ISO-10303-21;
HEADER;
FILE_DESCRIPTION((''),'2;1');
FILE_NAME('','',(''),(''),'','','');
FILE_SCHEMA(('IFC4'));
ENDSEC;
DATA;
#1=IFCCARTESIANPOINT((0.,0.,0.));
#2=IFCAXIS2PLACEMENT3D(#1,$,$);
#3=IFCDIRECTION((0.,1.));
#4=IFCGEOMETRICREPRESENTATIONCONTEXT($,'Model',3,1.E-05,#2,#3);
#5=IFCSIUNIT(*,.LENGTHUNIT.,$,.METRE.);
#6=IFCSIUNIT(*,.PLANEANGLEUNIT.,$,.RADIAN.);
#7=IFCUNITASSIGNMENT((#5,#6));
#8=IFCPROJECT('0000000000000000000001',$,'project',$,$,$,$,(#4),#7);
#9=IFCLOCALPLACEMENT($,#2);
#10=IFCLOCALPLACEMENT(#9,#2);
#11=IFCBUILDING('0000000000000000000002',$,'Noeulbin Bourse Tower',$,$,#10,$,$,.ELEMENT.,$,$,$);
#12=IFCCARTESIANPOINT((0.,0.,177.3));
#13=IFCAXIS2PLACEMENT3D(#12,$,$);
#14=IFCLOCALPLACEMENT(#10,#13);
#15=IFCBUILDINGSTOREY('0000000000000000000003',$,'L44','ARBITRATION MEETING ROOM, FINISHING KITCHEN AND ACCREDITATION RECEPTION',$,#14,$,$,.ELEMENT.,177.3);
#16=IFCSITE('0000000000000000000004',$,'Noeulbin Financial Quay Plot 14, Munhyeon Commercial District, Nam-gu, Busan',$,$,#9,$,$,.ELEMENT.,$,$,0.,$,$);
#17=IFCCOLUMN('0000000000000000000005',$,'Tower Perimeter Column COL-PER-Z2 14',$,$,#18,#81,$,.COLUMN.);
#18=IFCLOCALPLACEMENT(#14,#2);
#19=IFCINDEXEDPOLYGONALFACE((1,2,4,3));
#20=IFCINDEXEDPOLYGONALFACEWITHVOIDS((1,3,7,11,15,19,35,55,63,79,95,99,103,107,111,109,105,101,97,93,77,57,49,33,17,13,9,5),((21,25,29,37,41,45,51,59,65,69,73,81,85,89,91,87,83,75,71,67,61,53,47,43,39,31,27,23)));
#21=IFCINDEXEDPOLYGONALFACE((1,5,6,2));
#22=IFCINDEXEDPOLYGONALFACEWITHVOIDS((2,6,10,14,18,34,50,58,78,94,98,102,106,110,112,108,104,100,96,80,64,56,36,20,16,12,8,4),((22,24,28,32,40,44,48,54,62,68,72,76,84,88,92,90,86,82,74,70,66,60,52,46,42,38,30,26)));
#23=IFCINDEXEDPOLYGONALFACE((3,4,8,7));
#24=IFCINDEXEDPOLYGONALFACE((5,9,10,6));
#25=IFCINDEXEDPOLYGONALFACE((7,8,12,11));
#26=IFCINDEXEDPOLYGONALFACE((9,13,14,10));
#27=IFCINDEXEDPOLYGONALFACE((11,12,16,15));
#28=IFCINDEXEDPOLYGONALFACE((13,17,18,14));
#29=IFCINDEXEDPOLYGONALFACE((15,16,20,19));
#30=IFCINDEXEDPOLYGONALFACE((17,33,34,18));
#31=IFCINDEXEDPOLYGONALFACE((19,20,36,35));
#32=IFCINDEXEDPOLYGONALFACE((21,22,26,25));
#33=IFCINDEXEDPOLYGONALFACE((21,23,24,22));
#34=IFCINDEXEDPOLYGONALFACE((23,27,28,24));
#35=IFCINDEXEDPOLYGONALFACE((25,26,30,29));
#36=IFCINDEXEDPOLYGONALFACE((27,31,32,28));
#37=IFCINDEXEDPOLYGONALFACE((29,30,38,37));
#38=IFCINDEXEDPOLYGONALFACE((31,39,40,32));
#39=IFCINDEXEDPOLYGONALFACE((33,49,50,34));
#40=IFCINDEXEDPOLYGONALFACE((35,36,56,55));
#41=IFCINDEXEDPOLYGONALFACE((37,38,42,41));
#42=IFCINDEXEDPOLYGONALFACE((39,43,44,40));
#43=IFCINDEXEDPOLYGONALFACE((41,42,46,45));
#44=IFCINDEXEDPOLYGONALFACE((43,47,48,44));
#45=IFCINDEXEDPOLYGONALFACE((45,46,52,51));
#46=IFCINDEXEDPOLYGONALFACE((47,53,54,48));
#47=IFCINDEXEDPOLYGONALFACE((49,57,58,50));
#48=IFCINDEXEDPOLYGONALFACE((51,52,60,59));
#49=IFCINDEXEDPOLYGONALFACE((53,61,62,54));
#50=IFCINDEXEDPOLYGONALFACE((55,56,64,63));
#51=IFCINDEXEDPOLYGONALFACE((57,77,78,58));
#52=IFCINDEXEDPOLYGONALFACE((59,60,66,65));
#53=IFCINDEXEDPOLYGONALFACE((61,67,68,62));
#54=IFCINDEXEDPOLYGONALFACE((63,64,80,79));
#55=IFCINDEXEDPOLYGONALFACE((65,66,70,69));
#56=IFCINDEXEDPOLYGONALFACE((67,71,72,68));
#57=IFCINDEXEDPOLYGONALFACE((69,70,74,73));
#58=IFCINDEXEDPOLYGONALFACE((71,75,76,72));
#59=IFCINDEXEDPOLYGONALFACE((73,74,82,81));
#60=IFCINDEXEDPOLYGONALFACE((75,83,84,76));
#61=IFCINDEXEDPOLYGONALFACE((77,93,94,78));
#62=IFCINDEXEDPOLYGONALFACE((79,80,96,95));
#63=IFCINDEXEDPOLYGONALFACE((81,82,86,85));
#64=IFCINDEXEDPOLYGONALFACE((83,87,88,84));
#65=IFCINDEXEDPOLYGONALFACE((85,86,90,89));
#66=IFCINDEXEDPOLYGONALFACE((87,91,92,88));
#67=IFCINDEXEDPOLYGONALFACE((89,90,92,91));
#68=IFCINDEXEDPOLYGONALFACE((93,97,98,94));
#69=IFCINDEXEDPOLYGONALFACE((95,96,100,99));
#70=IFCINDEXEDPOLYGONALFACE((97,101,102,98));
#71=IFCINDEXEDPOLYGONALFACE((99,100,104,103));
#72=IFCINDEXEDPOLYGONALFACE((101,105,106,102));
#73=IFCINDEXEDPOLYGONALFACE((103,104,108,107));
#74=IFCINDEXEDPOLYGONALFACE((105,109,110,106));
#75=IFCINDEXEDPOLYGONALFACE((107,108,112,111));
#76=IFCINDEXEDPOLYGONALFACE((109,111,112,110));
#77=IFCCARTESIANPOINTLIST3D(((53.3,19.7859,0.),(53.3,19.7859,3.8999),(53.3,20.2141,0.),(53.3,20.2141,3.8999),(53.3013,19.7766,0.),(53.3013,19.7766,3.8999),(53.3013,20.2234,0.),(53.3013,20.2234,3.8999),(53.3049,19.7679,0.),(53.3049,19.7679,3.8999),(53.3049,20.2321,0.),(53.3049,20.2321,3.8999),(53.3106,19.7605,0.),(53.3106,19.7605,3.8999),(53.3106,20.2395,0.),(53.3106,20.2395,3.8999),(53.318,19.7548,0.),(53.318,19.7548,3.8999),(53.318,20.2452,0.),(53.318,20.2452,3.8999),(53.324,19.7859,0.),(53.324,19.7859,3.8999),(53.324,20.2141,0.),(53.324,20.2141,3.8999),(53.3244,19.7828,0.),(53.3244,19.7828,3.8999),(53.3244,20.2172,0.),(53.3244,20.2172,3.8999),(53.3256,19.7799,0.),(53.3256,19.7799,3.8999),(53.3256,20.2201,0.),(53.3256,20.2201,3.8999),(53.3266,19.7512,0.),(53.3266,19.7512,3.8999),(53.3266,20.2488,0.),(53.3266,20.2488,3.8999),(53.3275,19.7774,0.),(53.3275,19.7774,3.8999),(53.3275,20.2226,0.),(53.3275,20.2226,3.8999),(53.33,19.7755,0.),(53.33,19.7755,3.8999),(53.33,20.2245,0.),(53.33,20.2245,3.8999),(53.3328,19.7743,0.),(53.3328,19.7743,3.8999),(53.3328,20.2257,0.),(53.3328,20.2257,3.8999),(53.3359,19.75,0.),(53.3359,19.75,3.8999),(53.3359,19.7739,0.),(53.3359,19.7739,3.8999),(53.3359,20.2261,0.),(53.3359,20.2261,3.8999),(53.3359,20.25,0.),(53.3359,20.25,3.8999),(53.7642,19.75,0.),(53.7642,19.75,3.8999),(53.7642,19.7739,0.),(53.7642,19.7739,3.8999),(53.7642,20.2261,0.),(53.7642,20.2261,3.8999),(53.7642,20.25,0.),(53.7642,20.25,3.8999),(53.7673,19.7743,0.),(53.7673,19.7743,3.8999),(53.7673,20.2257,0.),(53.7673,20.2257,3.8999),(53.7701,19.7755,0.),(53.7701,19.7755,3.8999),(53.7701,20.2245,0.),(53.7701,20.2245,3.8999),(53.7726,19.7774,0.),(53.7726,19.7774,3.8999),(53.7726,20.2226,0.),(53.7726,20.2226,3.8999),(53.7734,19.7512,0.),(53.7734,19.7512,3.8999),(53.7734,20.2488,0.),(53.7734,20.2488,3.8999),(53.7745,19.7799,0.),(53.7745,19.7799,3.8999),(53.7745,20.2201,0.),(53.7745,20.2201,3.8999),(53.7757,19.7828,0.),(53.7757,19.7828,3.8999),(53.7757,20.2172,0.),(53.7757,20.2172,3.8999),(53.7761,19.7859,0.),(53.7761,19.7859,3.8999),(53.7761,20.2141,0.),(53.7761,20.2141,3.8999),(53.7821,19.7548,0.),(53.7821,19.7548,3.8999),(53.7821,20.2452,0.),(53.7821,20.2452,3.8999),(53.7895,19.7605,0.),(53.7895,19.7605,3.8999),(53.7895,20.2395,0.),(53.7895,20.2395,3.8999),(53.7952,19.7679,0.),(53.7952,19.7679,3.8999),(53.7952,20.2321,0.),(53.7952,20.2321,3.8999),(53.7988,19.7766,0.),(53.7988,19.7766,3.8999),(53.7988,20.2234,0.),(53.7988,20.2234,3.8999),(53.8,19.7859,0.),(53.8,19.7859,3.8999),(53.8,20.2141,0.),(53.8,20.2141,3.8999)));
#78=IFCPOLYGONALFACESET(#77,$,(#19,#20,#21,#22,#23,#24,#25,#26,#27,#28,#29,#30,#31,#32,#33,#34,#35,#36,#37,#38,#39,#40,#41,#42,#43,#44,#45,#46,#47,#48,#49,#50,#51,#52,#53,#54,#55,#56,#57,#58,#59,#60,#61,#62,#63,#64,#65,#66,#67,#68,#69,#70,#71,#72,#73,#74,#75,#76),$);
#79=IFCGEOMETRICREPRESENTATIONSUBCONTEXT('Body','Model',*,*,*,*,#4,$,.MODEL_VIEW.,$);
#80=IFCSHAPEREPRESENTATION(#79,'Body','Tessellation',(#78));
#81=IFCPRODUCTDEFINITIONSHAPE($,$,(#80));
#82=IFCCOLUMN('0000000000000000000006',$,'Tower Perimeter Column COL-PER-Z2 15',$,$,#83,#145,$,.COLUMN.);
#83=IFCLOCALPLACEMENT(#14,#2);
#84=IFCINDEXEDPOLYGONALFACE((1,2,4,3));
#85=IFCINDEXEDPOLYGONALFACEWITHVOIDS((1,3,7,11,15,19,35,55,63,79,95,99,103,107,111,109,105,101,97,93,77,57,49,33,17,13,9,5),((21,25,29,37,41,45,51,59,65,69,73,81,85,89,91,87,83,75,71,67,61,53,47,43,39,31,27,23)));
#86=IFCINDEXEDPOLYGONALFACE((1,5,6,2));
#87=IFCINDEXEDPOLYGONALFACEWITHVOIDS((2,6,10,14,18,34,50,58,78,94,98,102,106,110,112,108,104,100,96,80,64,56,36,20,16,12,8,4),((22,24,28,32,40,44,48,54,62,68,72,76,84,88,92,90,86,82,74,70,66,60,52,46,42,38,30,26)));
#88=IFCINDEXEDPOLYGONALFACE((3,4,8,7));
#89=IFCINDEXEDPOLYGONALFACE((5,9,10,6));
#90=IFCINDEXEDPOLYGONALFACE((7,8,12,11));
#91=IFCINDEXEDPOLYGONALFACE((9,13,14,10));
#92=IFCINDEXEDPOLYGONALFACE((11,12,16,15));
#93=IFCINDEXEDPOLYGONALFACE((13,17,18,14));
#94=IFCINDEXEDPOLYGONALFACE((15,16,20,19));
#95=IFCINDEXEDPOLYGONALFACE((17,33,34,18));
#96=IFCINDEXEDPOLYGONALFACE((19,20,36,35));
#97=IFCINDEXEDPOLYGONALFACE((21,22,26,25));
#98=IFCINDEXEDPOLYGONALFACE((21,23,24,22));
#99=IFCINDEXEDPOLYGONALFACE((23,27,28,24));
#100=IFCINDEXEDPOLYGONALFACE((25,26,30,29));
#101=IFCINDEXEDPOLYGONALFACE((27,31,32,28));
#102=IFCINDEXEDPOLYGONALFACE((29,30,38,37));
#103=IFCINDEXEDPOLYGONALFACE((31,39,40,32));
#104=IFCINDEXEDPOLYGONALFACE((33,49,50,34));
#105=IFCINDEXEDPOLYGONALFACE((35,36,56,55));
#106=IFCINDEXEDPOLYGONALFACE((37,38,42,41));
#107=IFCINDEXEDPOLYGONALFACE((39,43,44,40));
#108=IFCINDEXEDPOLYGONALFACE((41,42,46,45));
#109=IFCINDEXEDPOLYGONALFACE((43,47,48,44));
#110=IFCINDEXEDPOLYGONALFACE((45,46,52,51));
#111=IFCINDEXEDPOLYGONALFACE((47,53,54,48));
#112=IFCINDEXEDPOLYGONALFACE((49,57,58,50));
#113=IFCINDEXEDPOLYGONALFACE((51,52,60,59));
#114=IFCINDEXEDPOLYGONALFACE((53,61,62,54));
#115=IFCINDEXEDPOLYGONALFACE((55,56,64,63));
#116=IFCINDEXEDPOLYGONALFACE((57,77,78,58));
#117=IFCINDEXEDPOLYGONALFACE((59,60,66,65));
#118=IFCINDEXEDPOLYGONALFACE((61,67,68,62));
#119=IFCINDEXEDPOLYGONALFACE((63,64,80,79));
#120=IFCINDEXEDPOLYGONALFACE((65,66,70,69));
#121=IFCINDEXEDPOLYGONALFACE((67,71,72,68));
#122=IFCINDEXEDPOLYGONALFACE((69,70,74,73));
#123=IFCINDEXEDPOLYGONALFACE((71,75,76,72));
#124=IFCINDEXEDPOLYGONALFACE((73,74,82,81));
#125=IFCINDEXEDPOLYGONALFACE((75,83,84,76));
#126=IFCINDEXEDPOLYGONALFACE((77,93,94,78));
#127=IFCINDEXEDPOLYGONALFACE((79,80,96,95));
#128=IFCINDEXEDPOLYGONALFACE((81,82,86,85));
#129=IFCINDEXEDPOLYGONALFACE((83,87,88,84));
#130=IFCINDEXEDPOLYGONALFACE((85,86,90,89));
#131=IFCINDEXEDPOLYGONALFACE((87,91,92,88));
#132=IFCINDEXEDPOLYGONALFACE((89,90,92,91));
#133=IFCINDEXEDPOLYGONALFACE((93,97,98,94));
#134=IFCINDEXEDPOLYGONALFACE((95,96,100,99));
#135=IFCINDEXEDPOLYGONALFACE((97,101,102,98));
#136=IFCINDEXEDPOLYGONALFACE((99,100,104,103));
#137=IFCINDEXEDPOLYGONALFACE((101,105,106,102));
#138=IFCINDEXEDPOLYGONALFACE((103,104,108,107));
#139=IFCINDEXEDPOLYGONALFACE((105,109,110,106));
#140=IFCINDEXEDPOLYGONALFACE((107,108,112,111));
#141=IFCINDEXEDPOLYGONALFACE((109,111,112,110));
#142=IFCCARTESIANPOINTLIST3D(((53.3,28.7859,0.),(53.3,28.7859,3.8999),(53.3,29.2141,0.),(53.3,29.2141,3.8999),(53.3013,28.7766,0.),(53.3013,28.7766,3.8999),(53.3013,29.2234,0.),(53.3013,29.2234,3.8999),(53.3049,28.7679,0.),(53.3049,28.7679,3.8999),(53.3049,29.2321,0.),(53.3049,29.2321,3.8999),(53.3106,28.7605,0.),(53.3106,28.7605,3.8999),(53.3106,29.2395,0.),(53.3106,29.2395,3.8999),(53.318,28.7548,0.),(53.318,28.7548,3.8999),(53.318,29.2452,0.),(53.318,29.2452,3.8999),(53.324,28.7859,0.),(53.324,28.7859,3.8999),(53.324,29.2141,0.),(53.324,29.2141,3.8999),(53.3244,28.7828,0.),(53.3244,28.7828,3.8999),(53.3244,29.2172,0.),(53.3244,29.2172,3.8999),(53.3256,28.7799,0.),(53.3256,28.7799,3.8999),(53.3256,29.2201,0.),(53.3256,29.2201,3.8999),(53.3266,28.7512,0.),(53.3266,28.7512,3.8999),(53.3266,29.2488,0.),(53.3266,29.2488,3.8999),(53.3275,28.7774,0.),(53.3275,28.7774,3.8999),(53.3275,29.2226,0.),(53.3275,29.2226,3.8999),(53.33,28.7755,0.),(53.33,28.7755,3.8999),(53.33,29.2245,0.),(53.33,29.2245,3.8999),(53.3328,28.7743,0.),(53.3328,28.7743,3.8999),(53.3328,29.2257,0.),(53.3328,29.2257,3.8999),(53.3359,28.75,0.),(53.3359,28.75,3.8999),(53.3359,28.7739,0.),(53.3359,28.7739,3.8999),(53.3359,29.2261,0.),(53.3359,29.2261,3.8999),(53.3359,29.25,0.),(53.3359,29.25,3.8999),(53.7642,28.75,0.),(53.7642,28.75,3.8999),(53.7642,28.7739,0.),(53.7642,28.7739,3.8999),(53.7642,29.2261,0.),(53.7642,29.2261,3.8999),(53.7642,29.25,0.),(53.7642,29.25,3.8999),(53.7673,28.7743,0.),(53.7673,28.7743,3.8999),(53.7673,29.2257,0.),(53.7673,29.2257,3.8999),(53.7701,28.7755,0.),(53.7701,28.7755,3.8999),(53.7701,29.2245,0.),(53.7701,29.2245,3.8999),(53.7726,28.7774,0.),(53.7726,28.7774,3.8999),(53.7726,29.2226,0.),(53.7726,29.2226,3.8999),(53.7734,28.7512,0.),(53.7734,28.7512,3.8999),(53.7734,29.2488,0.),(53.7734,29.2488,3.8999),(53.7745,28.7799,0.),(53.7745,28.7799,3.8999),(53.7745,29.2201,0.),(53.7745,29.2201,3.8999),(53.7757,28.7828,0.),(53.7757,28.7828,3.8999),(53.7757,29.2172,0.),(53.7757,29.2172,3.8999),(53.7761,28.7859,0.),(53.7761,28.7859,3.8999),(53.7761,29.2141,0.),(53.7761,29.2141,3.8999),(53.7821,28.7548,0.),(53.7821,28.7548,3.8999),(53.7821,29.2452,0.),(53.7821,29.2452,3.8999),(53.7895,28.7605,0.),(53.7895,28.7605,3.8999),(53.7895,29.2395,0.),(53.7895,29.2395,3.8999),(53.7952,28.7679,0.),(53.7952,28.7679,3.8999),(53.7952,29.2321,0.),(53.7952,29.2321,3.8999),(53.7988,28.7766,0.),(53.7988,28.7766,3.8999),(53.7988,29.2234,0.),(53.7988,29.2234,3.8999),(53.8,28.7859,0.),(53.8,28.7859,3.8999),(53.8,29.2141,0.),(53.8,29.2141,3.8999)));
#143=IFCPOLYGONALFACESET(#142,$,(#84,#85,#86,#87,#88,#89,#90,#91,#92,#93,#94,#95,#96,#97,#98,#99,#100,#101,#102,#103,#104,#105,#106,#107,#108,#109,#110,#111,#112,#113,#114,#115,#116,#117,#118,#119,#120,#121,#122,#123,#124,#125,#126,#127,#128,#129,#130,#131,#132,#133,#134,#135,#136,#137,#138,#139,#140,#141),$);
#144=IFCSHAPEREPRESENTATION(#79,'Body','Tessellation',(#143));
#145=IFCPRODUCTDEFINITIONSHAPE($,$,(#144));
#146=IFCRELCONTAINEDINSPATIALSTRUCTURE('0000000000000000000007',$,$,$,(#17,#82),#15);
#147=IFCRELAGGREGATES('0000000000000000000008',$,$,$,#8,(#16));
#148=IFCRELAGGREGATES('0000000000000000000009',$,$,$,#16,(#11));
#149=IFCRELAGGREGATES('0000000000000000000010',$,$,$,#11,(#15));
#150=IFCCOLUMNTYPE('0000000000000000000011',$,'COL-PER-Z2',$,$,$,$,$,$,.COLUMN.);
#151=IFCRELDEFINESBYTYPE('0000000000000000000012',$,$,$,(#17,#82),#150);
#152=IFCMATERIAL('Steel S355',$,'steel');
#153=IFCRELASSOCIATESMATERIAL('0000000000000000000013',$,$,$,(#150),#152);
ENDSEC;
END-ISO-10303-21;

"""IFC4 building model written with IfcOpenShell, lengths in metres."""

from ifc_helpers import new_model, si_unit, direction, frame, origin, origin_2d, place, context, subcontext, project, spatial, hollow_rectangle, extrude, material, material_profile, profile_set, type_object, element, save


model = new_model("IFC4")

# Units and contexts
model_context = context("Model", 3, precision=1e-05, world=origin(), true_north=direction((0.0, 1.0)))
body_context = subcontext(model_context, "Body", "Model", "MODEL_VIEW")
ifc_project = project(units=[si_unit("LENGTHUNIT", "METRE"), si_unit("PLANEANGLEUNIT", "RADIAN")], contexts=[model_context])

# Site, building, storey
site_placement = place(None, origin())
site = spatial("IfcSite", under=ifc_project, at=site_placement, Name="Noeulbin Financial Quay Plot 14, Munhyeon Commercial District, Nam-gu, Busan", CompositionType="ELEMENT", RefElevation=0.0)
building_placement = place(site_placement, origin())
building = spatial("IfcBuilding", under=site, at=building_placement, Name="Noeulbin Bourse Tower", CompositionType="ELEMENT")
storey_placement = place(building_placement, frame((0.0, 0.0, 177.3)))
storey = spatial("IfcBuildingStorey", under=building, at=storey_placement, Name="L44", Description="ARBITRATION MEETING ROOM, FINISHING KITCHEN AND ACCREDITATION RECEPTION", CompositionType="ELEMENT", Elevation=177.3)

# Columns
ifc_material_1 = material(Name="Steel S355", Category="steel")
ifc_material_profile_1 = material_profile(ifc_material_1, hollow_rectangle(XDim=0.5, YDim=0.5, WallThickness=0.0239, InnerFilletRadius=0.012, OuterFilletRadius=0.0359, at=origin_2d()), Name="BOX-500x500x24", Category="LoadBearing")
ifc_profile_set_1 = profile_set([ifc_material_profile_1], Name="Steel S355")
column_type_1 = type_object("IfcColumnType", Name="COL-PER-Z2", PredefinedType="COLUMN", material=ifc_profile_set_1)
for number, where, z_axis, x_axis, name in (
    (1, (53.55, 20.0, 0.0), (0.0, 0.0, 1.0), (1.0, 0.0, 0.0), "Tower Perimeter Column COL-PER-Z2 14"),
    (2, (53.55, 29.0, 0.0), (0.0, 0.0, 1.0), (1.0, 0.0, 0.0), "Tower Perimeter Column COL-PER-Z2 15"),
):
    element("IfcColumn", number, at=place(storey_placement, frame(where, z_axis=z_axis, x_axis=x_axis)), inside=storey, type_object=column_type_1, Name=name, PredefinedType="COLUMN", context=body_context, shape_type="SweptSolid", body=[
        extrude(hollow_rectangle(XDim=0.5, YDim=0.5, WallThickness=0.0239, InnerFilletRadius=0.012, OuterFilletRadius=0.0359, at=origin_2d()), origin(), (0.0, 0.0, 1.0), 3.8999),
    ])

save(model, "model.ifc")
